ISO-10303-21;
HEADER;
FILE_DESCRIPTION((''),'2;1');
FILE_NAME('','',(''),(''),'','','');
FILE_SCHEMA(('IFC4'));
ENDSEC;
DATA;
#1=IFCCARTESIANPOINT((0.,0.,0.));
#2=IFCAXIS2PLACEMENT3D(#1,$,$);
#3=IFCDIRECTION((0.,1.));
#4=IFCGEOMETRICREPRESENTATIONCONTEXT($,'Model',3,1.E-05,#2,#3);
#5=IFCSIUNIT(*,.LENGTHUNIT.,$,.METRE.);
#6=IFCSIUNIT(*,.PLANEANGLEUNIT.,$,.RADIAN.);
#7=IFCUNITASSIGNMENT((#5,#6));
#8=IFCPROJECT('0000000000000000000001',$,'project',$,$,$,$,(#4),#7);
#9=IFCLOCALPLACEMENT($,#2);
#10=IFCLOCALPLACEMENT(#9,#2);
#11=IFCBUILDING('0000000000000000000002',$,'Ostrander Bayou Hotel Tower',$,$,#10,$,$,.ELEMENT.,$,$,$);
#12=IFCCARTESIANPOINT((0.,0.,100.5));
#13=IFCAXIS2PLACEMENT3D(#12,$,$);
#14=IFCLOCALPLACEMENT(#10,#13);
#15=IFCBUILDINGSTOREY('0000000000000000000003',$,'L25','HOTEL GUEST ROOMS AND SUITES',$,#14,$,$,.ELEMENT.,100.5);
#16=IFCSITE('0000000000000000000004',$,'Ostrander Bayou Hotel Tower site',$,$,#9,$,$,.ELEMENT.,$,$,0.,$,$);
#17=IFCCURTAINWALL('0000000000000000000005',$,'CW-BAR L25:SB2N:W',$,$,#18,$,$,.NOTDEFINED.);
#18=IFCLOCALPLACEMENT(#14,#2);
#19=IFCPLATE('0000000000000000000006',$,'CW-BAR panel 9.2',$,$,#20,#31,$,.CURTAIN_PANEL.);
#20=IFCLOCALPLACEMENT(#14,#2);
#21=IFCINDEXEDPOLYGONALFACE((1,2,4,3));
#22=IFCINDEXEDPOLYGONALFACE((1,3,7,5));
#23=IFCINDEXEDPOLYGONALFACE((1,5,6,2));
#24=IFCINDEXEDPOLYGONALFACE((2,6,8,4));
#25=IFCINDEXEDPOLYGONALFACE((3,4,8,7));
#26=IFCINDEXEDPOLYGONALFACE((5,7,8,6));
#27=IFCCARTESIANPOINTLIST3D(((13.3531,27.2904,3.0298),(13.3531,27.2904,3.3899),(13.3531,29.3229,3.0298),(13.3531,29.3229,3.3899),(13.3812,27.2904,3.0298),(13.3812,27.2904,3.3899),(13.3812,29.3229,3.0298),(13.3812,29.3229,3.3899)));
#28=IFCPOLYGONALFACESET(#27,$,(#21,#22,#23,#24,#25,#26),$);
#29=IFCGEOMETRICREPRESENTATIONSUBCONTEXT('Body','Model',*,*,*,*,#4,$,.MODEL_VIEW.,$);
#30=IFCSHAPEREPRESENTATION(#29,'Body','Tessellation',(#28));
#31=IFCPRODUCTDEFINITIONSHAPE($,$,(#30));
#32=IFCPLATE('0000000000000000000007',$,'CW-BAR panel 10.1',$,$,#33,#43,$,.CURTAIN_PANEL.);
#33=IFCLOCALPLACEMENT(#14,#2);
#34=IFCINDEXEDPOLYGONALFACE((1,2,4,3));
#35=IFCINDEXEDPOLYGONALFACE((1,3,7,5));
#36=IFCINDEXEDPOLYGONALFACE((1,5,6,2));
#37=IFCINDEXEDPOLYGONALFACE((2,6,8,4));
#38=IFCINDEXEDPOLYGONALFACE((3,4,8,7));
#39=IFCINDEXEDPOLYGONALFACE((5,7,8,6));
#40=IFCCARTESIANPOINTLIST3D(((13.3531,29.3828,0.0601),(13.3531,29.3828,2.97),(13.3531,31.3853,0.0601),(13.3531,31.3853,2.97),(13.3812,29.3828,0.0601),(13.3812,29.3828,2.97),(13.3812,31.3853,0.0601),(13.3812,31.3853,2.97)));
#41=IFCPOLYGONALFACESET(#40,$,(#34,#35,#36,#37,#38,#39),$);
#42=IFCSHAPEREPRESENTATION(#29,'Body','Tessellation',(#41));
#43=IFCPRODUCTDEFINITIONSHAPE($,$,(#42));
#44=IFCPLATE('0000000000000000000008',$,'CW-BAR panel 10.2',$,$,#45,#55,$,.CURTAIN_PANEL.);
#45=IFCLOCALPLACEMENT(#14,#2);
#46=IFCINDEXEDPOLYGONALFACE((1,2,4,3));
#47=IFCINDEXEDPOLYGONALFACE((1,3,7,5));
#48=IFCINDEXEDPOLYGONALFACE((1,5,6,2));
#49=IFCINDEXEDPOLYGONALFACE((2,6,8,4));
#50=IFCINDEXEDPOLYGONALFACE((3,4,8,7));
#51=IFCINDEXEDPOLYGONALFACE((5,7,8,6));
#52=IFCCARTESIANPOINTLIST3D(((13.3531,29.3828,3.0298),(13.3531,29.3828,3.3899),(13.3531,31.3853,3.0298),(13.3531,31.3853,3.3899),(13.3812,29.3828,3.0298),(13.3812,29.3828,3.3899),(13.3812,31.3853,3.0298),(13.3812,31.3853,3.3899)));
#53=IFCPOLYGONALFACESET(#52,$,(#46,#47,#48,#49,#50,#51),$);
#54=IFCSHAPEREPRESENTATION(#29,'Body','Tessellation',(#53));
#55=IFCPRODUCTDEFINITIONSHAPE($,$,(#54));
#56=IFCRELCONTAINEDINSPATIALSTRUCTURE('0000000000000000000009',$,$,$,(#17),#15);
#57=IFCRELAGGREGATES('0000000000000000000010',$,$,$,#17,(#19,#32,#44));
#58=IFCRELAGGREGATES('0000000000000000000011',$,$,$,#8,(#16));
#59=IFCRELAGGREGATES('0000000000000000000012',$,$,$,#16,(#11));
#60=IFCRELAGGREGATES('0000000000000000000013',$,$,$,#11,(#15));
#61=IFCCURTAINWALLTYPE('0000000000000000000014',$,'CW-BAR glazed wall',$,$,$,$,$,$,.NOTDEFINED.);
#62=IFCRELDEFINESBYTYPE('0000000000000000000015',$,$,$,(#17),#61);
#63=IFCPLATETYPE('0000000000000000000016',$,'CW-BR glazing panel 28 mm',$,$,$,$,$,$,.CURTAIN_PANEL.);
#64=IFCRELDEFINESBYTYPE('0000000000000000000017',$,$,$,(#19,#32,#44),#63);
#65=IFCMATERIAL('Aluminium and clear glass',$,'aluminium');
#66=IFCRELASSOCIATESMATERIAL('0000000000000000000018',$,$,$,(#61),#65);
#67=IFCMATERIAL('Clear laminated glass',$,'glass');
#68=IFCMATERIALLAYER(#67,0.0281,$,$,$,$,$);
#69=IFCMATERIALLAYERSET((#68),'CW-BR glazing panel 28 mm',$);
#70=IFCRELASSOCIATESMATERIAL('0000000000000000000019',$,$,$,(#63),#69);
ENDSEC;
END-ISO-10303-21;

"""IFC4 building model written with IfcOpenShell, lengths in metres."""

from ifc_helpers import new_model, si_unit, direction, frame, origin, origin_2d, place, context, subcontext, project, spatial, rectangle, extrude, material, layer, layer_set, type_object, element, aggregate, save


model = new_model("IFC4")

# Units and contexts
model_context = context("Model", 3, precision=1e-05, world=origin(), true_north=direction((0.0, 1.0)))
body_context = subcontext(model_context, "Body", "Model", "MODEL_VIEW")
ifc_project = project(units=[si_unit("LENGTHUNIT", "METRE"), si_unit("PLANEANGLEUNIT", "RADIAN")], contexts=[model_context])

# Site, building, storey
site_placement = place(None, origin())
site = spatial("IfcSite", under=ifc_project, at=site_placement, Name="Ostrander Bayou Hotel Tower site", CompositionType="ELEMENT", RefElevation=0.0)
building_placement = place(site_placement, origin())
building = spatial("IfcBuilding", under=site, at=building_placement, Name="Ostrander Bayou Hotel Tower", CompositionType="ELEMENT")
storey_placement = place(building_placement, frame((0.0, 0.0, 100.5)))
storey = spatial("IfcBuildingStorey", under=building, at=storey_placement, Name="L25", Description="HOTEL GUEST ROOMS AND SUITES", CompositionType="ELEMENT", Elevation=100.5)

# Shared definitions
ifc_material_1 = material(Name="Aluminium and clear glass", Category="aluminium")
curtain_wall_type = type_object("IfcCurtainWallType", Name="CW-BAR glazed wall", PredefinedType="NOTDEFINED", material=ifc_material_1)

# Curtain wall
curtain_wall_1_placement = place(storey_placement, origin())
curtain_wall_1 = element("IfcCurtainWall", 1, at=curtain_wall_1_placement, inside=storey, type_object=curtain_wall_type, Name="CW-BAR L25:SB2N:W", PredefinedType="NOTDEFINED")

# Plates
ifc_material_2 = material(Name="Clear laminated glass", Category="glass")
ifc_layer = layer(ifc_material_2, 0.0281)
ifc_layer_set = layer_set([ifc_layer], Name="CW-BR glazing panel 28 mm")
plate_type = type_object("IfcPlateType", Name="CW-BR glazing panel 28 mm", PredefinedType="CURTAIN_PANEL", material=ifc_layer_set)
plate_1_placement = place(storey_placement, frame((13.3672, 28.3066, 3.0298), z_axis=(0.0, 0.0, 1.0), x_axis=(0.0, 1.0, 0.0)))
plate_1 = element("IfcPlate", 2, at=plate_1_placement, type_object=plate_type, Name="CW-BAR panel 9.2", PredefinedType="CURTAIN_PANEL", context=body_context, shape_type="SweptSolid", body=[
    extrude(rectangle(XDim=2.0325, YDim=0.0281, at=origin_2d()), origin(), (0.0, 0.0, 1.0), 0.3601),
])
plate_2_placement = place(storey_placement, frame((13.3672, 30.384, 0.0601), z_axis=(0.0, 0.0, 1.0), x_axis=(0.0, 1.0, 0.0)))
plate_2 = element("IfcPlate", 3, at=plate_2_placement, type_object=plate_type, Name="CW-BAR panel 10.1", PredefinedType="CURTAIN_PANEL", context=body_context, shape_type="SweptSolid", body=[
    extrude(rectangle(XDim=2.0024, YDim=0.0281, at=origin_2d()), origin(), (0.0, 0.0, 1.0), 2.9099),
])
plate_3_placement = place(storey_placement, frame((13.3672, 30.384, 3.0298), z_axis=(0.0, 0.0, 1.0), x_axis=(0.0, 1.0, 0.0)))
plate_3 = element("IfcPlate", 4, at=plate_3_placement, type_object=plate_type, Name="CW-BAR panel 10.2", PredefinedType="CURTAIN_PANEL", context=body_context, shape_type="SweptSolid", body=[
    extrude(rectangle(XDim=2.0024, YDim=0.0281, at=origin_2d()), origin(), (0.0, 0.0, 1.0), 0.3601),
])
aggregate(curtain_wall_1, [plate_1, plate_2, plate_3])

save(model, "model.ifc")
